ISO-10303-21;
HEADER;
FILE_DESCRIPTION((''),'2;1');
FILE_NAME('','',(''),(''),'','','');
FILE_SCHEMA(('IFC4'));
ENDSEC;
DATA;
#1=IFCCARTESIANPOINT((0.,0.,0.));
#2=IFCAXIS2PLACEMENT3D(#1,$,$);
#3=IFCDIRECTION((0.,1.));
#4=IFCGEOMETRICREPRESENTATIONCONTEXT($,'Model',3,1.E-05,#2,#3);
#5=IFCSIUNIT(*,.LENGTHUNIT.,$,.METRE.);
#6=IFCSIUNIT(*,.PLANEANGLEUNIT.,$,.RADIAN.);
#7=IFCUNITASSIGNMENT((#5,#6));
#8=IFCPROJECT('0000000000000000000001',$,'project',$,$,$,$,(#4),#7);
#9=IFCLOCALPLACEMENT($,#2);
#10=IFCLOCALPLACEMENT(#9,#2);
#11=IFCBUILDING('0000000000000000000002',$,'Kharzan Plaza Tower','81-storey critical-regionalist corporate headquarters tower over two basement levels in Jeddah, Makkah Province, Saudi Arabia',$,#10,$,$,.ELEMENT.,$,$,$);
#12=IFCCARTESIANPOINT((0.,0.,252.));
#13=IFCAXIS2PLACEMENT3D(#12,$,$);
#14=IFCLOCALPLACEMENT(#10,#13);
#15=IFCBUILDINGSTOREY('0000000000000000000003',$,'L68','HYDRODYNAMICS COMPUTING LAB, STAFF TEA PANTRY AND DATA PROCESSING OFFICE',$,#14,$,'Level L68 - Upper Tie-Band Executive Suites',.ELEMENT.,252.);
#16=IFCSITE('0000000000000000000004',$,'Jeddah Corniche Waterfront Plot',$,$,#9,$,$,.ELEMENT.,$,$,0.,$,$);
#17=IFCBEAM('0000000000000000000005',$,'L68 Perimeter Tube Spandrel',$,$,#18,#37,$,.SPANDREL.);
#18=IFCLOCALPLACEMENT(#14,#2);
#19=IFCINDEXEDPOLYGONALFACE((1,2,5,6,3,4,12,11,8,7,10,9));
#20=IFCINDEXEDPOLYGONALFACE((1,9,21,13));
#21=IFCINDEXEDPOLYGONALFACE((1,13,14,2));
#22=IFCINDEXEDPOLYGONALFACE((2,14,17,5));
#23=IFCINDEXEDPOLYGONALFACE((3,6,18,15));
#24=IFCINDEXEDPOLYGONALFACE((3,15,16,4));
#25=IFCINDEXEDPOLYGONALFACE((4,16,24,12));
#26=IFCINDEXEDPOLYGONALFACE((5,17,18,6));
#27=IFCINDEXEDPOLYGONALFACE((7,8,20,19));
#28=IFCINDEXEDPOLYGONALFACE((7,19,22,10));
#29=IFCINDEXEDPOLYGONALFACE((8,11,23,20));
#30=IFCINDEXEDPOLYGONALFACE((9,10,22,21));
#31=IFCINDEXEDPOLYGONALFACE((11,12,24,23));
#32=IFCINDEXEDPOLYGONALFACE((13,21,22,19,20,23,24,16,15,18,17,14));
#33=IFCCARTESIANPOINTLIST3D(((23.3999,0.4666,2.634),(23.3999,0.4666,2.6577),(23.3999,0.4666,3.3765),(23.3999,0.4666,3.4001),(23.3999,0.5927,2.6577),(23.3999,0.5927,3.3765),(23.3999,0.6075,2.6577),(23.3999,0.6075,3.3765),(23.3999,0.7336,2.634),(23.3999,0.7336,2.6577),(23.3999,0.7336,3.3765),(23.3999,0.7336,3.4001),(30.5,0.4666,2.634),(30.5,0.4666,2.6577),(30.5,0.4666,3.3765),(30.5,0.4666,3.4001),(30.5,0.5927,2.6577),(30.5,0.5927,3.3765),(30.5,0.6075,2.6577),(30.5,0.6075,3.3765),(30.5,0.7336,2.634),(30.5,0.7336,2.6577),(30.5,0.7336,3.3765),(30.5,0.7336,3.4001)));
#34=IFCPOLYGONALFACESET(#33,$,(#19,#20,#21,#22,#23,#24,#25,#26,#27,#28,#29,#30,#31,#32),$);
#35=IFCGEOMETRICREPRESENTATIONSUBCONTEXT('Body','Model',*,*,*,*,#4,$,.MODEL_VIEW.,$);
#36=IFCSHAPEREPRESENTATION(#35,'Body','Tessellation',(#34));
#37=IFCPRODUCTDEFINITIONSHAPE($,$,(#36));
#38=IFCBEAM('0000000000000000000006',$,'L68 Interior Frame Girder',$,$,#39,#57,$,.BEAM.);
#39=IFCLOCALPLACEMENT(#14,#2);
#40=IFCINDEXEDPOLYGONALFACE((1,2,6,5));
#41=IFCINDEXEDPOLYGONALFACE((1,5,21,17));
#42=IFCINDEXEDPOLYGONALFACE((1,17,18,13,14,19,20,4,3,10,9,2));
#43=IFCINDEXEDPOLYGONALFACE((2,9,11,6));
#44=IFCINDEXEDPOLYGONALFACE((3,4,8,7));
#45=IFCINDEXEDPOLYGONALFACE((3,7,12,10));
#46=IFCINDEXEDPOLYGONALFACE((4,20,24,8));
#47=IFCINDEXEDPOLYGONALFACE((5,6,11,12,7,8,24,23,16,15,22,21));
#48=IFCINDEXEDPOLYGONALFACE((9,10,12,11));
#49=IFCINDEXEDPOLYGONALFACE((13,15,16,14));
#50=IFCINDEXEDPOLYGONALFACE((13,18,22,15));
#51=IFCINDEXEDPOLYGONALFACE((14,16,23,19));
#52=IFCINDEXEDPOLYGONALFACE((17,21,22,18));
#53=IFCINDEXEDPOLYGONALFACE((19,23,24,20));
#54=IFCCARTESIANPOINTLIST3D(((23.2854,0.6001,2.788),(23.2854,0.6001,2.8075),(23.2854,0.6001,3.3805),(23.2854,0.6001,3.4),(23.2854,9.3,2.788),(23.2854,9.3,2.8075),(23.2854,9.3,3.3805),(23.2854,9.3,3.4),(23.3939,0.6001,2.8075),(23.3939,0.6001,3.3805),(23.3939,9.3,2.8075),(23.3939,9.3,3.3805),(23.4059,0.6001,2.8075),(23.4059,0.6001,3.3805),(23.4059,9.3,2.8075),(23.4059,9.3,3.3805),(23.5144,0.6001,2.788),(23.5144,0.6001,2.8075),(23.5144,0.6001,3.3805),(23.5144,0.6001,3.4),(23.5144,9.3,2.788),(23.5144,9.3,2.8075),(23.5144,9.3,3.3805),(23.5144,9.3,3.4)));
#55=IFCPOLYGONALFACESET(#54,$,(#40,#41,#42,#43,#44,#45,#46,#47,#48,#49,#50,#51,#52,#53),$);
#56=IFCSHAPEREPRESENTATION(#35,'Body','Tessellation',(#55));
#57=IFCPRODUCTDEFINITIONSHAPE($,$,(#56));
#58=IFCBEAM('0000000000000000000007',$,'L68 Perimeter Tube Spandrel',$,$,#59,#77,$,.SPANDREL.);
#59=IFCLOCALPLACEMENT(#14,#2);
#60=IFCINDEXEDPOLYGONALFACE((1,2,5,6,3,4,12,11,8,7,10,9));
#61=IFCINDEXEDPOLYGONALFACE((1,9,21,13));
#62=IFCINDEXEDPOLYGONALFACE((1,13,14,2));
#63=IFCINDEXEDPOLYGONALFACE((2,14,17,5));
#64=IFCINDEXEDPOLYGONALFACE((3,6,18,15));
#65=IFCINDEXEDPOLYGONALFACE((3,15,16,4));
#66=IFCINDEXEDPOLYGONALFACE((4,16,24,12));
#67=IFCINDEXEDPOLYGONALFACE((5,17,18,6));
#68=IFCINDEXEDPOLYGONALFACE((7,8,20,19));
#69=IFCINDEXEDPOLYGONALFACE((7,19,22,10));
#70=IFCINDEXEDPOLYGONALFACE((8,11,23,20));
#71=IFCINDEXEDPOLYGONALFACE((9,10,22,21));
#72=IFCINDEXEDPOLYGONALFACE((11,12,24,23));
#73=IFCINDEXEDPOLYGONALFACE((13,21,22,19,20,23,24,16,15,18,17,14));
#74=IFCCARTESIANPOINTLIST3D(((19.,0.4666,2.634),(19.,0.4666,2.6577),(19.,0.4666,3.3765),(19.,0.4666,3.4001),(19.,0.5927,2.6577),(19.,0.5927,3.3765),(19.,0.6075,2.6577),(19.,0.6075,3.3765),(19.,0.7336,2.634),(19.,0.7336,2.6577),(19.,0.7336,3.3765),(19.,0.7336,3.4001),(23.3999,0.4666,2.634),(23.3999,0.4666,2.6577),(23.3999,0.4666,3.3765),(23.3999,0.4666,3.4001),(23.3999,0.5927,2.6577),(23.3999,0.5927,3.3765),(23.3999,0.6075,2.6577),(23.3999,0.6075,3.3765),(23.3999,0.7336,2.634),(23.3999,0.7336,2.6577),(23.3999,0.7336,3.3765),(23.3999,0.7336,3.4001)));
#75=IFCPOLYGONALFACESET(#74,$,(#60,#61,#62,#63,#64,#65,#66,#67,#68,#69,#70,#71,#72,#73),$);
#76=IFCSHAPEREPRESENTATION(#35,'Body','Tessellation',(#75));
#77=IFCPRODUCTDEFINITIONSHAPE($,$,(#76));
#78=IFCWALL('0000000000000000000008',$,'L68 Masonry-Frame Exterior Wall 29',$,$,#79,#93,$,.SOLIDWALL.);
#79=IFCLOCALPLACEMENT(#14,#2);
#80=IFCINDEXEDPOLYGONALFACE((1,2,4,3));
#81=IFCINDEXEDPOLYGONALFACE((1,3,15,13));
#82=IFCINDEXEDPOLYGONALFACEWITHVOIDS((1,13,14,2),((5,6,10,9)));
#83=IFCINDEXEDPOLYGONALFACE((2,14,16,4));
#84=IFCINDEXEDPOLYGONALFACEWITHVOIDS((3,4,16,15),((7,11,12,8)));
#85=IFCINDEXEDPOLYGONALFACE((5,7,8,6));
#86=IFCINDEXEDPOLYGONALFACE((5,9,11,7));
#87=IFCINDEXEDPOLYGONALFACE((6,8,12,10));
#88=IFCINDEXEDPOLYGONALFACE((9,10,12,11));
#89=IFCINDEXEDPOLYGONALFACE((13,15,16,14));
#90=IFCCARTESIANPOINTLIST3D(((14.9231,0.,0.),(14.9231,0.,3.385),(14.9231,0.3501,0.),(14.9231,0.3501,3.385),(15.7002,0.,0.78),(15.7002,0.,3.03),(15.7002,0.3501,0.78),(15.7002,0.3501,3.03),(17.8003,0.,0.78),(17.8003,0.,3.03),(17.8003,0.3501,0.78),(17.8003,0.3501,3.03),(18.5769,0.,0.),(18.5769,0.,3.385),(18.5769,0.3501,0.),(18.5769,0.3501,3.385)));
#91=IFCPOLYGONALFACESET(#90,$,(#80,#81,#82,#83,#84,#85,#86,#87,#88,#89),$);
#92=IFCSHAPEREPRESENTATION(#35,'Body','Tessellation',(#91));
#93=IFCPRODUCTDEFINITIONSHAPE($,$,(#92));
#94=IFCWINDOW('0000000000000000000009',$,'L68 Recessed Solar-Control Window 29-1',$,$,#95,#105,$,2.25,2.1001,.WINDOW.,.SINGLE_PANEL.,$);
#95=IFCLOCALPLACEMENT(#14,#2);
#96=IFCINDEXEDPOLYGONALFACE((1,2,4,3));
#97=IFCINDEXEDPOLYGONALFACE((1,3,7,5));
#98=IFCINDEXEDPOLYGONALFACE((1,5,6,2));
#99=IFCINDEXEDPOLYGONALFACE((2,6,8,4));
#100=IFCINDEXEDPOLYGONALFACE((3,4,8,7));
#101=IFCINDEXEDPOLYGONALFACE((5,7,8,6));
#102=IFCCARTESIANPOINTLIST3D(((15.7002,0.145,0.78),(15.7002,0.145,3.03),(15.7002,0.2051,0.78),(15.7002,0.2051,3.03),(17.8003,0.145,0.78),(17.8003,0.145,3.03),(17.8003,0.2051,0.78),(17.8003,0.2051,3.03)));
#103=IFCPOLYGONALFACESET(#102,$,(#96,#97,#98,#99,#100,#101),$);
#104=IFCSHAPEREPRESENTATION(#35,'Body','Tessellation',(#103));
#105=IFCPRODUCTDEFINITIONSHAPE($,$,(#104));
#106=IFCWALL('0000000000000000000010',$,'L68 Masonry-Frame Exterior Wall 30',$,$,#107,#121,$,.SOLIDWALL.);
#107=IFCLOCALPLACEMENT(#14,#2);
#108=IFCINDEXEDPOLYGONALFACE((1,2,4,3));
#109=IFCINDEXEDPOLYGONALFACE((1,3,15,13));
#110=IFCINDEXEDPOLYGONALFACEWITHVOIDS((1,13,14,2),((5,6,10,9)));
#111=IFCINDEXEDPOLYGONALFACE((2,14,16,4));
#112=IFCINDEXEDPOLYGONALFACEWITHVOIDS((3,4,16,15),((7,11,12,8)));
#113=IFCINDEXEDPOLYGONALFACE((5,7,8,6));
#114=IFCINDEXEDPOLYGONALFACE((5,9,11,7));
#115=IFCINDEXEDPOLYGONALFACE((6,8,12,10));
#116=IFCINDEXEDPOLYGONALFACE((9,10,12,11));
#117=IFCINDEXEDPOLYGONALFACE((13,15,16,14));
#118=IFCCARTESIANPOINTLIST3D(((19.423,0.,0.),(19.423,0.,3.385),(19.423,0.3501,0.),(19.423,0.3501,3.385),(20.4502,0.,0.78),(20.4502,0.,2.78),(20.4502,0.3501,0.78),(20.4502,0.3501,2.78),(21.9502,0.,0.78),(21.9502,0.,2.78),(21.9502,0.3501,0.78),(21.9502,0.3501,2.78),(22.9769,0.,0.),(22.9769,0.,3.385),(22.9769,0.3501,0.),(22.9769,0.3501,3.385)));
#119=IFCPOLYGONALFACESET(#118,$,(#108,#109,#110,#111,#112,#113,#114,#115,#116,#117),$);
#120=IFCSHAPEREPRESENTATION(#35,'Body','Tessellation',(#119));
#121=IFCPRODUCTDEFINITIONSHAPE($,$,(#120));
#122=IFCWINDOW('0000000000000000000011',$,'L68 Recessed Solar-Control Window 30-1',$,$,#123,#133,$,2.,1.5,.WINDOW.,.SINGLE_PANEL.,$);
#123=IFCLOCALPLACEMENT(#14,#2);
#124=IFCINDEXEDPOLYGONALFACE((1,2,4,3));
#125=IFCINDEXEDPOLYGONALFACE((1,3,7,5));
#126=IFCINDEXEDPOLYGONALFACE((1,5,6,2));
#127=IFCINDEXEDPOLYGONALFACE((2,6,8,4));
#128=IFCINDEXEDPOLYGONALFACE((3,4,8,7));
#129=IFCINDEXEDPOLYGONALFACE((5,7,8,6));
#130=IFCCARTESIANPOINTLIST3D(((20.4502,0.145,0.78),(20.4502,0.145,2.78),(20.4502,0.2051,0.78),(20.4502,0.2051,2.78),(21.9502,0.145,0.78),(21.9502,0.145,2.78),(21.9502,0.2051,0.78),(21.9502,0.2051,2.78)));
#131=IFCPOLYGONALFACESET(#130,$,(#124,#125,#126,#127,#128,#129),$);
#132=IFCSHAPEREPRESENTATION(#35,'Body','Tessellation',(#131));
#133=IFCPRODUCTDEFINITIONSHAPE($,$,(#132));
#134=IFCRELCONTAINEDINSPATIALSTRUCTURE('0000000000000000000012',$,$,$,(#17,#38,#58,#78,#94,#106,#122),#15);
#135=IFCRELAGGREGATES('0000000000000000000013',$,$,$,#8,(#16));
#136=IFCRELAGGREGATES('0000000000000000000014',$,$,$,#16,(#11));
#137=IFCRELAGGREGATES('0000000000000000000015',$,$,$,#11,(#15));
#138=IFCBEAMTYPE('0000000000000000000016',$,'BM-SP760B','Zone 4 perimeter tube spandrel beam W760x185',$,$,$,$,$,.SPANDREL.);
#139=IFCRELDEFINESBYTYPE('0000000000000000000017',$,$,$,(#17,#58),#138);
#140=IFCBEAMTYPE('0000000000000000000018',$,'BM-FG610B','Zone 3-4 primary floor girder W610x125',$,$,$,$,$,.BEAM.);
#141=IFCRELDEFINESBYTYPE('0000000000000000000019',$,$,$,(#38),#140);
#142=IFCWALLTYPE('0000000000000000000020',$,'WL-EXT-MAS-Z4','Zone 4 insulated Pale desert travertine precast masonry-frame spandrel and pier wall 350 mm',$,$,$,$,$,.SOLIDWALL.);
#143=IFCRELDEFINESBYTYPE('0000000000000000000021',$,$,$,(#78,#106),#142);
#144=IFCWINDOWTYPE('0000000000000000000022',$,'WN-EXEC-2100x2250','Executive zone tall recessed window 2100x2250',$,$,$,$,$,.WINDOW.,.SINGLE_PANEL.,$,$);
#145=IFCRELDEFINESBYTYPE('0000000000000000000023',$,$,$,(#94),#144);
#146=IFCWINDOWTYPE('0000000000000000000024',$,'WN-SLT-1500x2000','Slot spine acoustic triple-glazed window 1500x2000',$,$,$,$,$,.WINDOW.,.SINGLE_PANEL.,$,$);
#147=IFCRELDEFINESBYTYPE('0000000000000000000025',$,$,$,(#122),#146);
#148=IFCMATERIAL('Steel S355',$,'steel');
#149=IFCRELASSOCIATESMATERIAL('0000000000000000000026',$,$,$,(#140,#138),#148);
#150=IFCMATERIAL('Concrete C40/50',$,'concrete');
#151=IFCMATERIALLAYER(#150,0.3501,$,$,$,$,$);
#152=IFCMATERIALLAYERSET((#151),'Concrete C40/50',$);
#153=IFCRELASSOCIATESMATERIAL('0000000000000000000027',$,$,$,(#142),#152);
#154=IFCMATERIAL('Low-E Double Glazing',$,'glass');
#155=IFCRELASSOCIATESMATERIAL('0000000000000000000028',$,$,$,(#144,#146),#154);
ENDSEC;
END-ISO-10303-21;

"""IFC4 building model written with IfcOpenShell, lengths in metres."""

from ifc_helpers import new_model, si_unit, direction, frame, frame_2d, origin, origin_2d, place, context, subcontext, project, spatial, rectangle, i_section, extrude, source, transform, mapped, material, layer, layer_set, material_profile, profile_set, type_object, element, fill, save


model = new_model("IFC4")

# Units and contexts
model_context = context("Model", 3, precision=1e-05, world=origin(), true_north=direction((0.0, 1.0)))
body_context = subcontext(model_context, "Body", "Model", "MODEL_VIEW")
ifc_project = project(units=[si_unit("LENGTHUNIT", "METRE"), si_unit("PLANEANGLEUNIT", "RADIAN")], contexts=[model_context])

# Site, building, storey
site_placement = place(None, origin())
site = spatial("IfcSite", under=ifc_project, at=site_placement, Name="Jeddah Corniche Waterfront Plot", CompositionType="ELEMENT", RefElevation=0.0)
building_placement = place(site_placement, origin())
building = spatial("IfcBuilding", under=site, at=building_placement, Name="Kharzan Plaza Tower", Description="81-storey critical-regionalist corporate headquarters tower over two basement levels in Jeddah, Makkah Province, Saudi Arabia", CompositionType="ELEMENT")
storey_placement = place(building_placement, frame((0.0, 0.0, 252.0)))
storey = spatial("IfcBuildingStorey", under=building, at=storey_placement, Name="L68", Description="HYDRODYNAMICS COMPUTING LAB, STAFF TEA PANTRY AND DATA PROCESSING OFFICE", LongName="Level L68 - Upper Tie-Band Executive Suites", CompositionType="ELEMENT", Elevation=252.0)

# Beams
ifc_material_1 = material(Name="Steel S355", Category="steel")
ifc_material_profile_1 = material_profile(ifc_material_1, i_section(OverallWidth=0.229, OverallDepth=0.6121, WebThickness=0.012, FlangeThickness=0.0195, at=origin_2d()), Name="W610x125")
ifc_profile_set_1 = profile_set([ifc_material_profile_1], Name="Steel S355")
beam_type_1 = type_object("IfcBeamType", Name="BM-FG610B", Description="Zone 3-4 primary floor girder W610x125", PredefinedType="BEAM", material=ifc_profile_set_1)
ifc_material_profile_2 = material_profile(ifc_material_1, i_section(OverallWidth=0.2671, OverallDepth=0.7661, WebThickness=0.0149, FlangeThickness=0.0237, at=origin_2d()), Name="W760x185")
ifc_profile_set_2 = profile_set([ifc_material_profile_2], Name="Steel S355")
beam_type_2 = type_object("IfcBeamType", Name="BM-SP760B", Description="Zone 4 perimeter tube spandrel beam W760x185", PredefinedType="SPANDREL", material=ifc_profile_set_2)
shared_shape_1 = source(origin(), body_context, "Body", "SweptSolid", [
    extrude(i_section(OverallWidth=0.2671, OverallDepth=0.7661, WebThickness=0.0149, FlangeThickness=0.0237, at=origin_2d()), origin(), (0.0, 0.0, 1.0), 7.1001),
])
beam_1_placement = place(storey_placement, frame((23.3999, 0.6001, 3.0171), z_axis=(1.0, 0.0, 0.0), x_axis=(0.0, 1.0, 0.0)))
element("IfcBeam", 1, at=beam_1_placement, inside=storey, type_object=beam_type_2, Name="L68 Perimeter Tube Spandrel", PredefinedType="SPANDREL", context=body_context, shape_type="MappedRepresentation", body=[
    mapped(shared_shape_1, transform((0.0, 0.0, 0.0), x_axis=(1.0, 0.0, 0.0), y_axis=(0.0, 1.0, 0.0), z_axis=(0.0, 0.0, 1.0))),
])
shared_shape_2 = source(origin(), body_context, "Body", "SweptSolid", [
    extrude(i_section(OverallWidth=0.229, OverallDepth=0.6121, WebThickness=0.012, FlangeThickness=0.0195, at=origin_2d()), origin(), (0.0, 0.0, 1.0), 8.7),
])
beam_2_placement = place(storey_placement, frame((23.3999, 0.6001, 3.094), z_axis=(0.0, 1.0, 0.0), x_axis=(-1.0, 0.0, 0.0)))
element("IfcBeam", 2, at=beam_2_placement, inside=storey, type_object=beam_type_1, Name="L68 Interior Frame Girder", PredefinedType="BEAM", context=body_context, shape_type="MappedRepresentation", body=[
    mapped(shared_shape_2, transform((0.0, 0.0, 0.0), x_axis=(1.0, 0.0, 0.0), y_axis=(0.0, 1.0, 0.0), z_axis=(0.0, 0.0, 1.0))),
])
shared_shape_3 = source(origin(), body_context, "Body", "SweptSolid", [
    extrude(i_section(OverallWidth=0.2671, OverallDepth=0.7661, WebThickness=0.0149, FlangeThickness=0.0237, at=origin_2d()), origin(), (0.0, 0.0, 1.0), 4.3999),
])
beam_3_placement = place(storey_placement, frame((19.0, 0.6001, 3.0171), z_axis=(1.0, 0.0, 0.0), x_axis=(0.0, 1.0, 0.0)))
element("IfcBeam", 3, at=beam_3_placement, inside=storey, type_object=beam_type_2, Name="L68 Perimeter Tube Spandrel", PredefinedType="SPANDREL", context=body_context, shape_type="MappedRepresentation", body=[
    mapped(shared_shape_3, transform((0.0, 0.0, 0.0), x_axis=(1.0, 0.0, 0.0), y_axis=(0.0, 1.0, 0.0), z_axis=(0.0, 0.0, 1.0))),
])

# Walls, openings, windows
ifc_material_2 = material(Name="Concrete C40/50", Category="concrete")
ifc_layer_1 = layer(ifc_material_2, 0.3501)
ifc_layer_set_1 = layer_set([ifc_layer_1], Name="Concrete C40/50")
wall_type_1 = type_object("IfcWallType", Name="WL-EXT-MAS-Z4", Description="Zone 4 insulated Pale desert travertine precast masonry-frame spandrel and pier wall 350 mm", PredefinedType="SOLIDWALL", material=ifc_layer_set_1)
wall_1_placement = place(storey_placement, frame((14.9231, 0.175, 0.0), z_axis=(0.0, 0.0, 1.0), x_axis=(1.0, 0.0, 0.0)))
wall_1 = element("IfcWall", 4, at=wall_1_placement, inside=storey, type_object=wall_type_1, Name="L68 Masonry-Frame Exterior Wall 29", PredefinedType="SOLIDWALL", context=body_context, shape_type="SweptSolid", body=[
    extrude(rectangle(XDim=3.6538, YDim=0.3501, at=frame_2d((1.8269, 0.0))), origin(), (0.0, 0.0, 1.0), 3.385),
])
opening_1_placement = place(wall_1_placement, frame((0.7771, 0.0, 0.78)))
opening_1 = element("IfcOpeningElement", 5, at=opening_1_placement, cuts=wall_1, PredefinedType="OPENING", context=body_context, shape_type="SweptSolid", body=[
    extrude(rectangle(XDim=2.1001, YDim=2.25, at=frame_2d((1.05, 1.125))), frame((0.0, 0.1851, 0.0), z_axis=(0.0, -1.0, 0.0), x_axis=(1.0, 0.0, 0.0)), (0.0, 0.0, 1.0), 0.3701),
])
ifc_material_3 = material(Name="Low-E Double Glazing", Category="glass")
window_type_1 = type_object("IfcWindowType", Name="WN-EXEC-2100x2250", Description="Executive zone tall recessed window 2100x2250", PartitioningType="SINGLE_PANEL", PredefinedType="WINDOW", material=ifc_material_3)
shared_shape_4 = source(origin(), body_context, "Body", "SweptSolid", [
    extrude(rectangle(XDim=2.1001, YDim=2.25, at=frame_2d((1.05, 1.125))), frame((0.0, 0.03, 0.0), z_axis=(0.0, -1.0, 0.0), x_axis=(1.0, 0.0, 0.0)), (0.0, 0.0, 1.0), 0.0601),
])
window_1_placement = place(opening_1_placement, origin())
window_1 = element("IfcWindow", 6, at=window_1_placement, inside=storey, type_object=window_type_1, Name="L68 Recessed Solar-Control Window 29-1", OverallHeight=2.25, OverallWidth=2.1001, PartitioningType="SINGLE_PANEL", PredefinedType="WINDOW", context=body_context, shape_type="MappedRepresentation", body=[
    mapped(shared_shape_4, transform((0.0, 0.0, 0.0), x_axis=(1.0, 0.0, 0.0), y_axis=(0.0, 1.0, 0.0), z_axis=(0.0, 0.0, 1.0))),
])
fill(opening_1, window_1)
wall_2_placement = place(storey_placement, frame((19.4231, 0.175, 0.0), z_axis=(0.0, 0.0, 1.0), x_axis=(1.0, 0.0, 0.0)))
wall_2 = element("IfcWall", 7, at=wall_2_placement, inside=storey, type_object=wall_type_1, Name="L68 Masonry-Frame Exterior Wall 30", PredefinedType="SOLIDWALL", context=body_context, shape_type="SweptSolid", body=[
    extrude(rectangle(XDim=3.554, YDim=0.3501, at=frame_2d((1.7769, 0.0))), origin(), (0.0, 0.0, 1.0), 3.385),
])
opening_2_placement = place(wall_2_placement, frame((1.0271, 0.0, 0.78)))
opening_2 = element("IfcOpeningElement", 8, at=opening_2_placement, cuts=wall_2, PredefinedType="OPENING", context=body_context, shape_type="SweptSolid", body=[
    extrude(rectangle(XDim=1.5, YDim=2.0, at=frame_2d((0.75, 1.0))), frame((0.0, 0.1851, 0.0), z_axis=(0.0, -1.0, 0.0), x_axis=(1.0, 0.0, 0.0)), (0.0, 0.0, 1.0), 0.3701),
])
window_type_2 = type_object("IfcWindowType", Name="WN-SLT-1500x2000", Description="Slot spine acoustic triple-glazed window 1500x2000", PartitioningType="SINGLE_PANEL", PredefinedType="WINDOW", material=ifc_material_3)
shared_shape_5 = source(origin(), body_context, "Body", "SweptSolid", [
    extrude(rectangle(XDim=1.5, YDim=2.0, at=frame_2d((0.75, 1.0))), frame((0.0, 0.03, 0.0), z_axis=(0.0, -1.0, 0.0), x_axis=(1.0, 0.0, 0.0)), (0.0, 0.0, 1.0), 0.0601),
])
window_2_placement = place(opening_2_placement, origin())
window_2 = element("IfcWindow", 9, at=window_2_placement, inside=storey, type_object=window_type_2, Name="L68 Recessed Solar-Control Window 30-1", OverallHeight=2.0, OverallWidth=1.5, PartitioningType="SINGLE_PANEL", PredefinedType="WINDOW", context=body_context, shape_type="MappedRepresentation", body=[
    mapped(shared_shape_5, transform((0.0, 0.0, 0.0), x_axis=(1.0, 0.0, 0.0), y_axis=(0.0, 1.0, 0.0), z_axis=(0.0, 0.0, 1.0))),
])
fill(opening_2, window_2)

save(model, "model.ifc")
